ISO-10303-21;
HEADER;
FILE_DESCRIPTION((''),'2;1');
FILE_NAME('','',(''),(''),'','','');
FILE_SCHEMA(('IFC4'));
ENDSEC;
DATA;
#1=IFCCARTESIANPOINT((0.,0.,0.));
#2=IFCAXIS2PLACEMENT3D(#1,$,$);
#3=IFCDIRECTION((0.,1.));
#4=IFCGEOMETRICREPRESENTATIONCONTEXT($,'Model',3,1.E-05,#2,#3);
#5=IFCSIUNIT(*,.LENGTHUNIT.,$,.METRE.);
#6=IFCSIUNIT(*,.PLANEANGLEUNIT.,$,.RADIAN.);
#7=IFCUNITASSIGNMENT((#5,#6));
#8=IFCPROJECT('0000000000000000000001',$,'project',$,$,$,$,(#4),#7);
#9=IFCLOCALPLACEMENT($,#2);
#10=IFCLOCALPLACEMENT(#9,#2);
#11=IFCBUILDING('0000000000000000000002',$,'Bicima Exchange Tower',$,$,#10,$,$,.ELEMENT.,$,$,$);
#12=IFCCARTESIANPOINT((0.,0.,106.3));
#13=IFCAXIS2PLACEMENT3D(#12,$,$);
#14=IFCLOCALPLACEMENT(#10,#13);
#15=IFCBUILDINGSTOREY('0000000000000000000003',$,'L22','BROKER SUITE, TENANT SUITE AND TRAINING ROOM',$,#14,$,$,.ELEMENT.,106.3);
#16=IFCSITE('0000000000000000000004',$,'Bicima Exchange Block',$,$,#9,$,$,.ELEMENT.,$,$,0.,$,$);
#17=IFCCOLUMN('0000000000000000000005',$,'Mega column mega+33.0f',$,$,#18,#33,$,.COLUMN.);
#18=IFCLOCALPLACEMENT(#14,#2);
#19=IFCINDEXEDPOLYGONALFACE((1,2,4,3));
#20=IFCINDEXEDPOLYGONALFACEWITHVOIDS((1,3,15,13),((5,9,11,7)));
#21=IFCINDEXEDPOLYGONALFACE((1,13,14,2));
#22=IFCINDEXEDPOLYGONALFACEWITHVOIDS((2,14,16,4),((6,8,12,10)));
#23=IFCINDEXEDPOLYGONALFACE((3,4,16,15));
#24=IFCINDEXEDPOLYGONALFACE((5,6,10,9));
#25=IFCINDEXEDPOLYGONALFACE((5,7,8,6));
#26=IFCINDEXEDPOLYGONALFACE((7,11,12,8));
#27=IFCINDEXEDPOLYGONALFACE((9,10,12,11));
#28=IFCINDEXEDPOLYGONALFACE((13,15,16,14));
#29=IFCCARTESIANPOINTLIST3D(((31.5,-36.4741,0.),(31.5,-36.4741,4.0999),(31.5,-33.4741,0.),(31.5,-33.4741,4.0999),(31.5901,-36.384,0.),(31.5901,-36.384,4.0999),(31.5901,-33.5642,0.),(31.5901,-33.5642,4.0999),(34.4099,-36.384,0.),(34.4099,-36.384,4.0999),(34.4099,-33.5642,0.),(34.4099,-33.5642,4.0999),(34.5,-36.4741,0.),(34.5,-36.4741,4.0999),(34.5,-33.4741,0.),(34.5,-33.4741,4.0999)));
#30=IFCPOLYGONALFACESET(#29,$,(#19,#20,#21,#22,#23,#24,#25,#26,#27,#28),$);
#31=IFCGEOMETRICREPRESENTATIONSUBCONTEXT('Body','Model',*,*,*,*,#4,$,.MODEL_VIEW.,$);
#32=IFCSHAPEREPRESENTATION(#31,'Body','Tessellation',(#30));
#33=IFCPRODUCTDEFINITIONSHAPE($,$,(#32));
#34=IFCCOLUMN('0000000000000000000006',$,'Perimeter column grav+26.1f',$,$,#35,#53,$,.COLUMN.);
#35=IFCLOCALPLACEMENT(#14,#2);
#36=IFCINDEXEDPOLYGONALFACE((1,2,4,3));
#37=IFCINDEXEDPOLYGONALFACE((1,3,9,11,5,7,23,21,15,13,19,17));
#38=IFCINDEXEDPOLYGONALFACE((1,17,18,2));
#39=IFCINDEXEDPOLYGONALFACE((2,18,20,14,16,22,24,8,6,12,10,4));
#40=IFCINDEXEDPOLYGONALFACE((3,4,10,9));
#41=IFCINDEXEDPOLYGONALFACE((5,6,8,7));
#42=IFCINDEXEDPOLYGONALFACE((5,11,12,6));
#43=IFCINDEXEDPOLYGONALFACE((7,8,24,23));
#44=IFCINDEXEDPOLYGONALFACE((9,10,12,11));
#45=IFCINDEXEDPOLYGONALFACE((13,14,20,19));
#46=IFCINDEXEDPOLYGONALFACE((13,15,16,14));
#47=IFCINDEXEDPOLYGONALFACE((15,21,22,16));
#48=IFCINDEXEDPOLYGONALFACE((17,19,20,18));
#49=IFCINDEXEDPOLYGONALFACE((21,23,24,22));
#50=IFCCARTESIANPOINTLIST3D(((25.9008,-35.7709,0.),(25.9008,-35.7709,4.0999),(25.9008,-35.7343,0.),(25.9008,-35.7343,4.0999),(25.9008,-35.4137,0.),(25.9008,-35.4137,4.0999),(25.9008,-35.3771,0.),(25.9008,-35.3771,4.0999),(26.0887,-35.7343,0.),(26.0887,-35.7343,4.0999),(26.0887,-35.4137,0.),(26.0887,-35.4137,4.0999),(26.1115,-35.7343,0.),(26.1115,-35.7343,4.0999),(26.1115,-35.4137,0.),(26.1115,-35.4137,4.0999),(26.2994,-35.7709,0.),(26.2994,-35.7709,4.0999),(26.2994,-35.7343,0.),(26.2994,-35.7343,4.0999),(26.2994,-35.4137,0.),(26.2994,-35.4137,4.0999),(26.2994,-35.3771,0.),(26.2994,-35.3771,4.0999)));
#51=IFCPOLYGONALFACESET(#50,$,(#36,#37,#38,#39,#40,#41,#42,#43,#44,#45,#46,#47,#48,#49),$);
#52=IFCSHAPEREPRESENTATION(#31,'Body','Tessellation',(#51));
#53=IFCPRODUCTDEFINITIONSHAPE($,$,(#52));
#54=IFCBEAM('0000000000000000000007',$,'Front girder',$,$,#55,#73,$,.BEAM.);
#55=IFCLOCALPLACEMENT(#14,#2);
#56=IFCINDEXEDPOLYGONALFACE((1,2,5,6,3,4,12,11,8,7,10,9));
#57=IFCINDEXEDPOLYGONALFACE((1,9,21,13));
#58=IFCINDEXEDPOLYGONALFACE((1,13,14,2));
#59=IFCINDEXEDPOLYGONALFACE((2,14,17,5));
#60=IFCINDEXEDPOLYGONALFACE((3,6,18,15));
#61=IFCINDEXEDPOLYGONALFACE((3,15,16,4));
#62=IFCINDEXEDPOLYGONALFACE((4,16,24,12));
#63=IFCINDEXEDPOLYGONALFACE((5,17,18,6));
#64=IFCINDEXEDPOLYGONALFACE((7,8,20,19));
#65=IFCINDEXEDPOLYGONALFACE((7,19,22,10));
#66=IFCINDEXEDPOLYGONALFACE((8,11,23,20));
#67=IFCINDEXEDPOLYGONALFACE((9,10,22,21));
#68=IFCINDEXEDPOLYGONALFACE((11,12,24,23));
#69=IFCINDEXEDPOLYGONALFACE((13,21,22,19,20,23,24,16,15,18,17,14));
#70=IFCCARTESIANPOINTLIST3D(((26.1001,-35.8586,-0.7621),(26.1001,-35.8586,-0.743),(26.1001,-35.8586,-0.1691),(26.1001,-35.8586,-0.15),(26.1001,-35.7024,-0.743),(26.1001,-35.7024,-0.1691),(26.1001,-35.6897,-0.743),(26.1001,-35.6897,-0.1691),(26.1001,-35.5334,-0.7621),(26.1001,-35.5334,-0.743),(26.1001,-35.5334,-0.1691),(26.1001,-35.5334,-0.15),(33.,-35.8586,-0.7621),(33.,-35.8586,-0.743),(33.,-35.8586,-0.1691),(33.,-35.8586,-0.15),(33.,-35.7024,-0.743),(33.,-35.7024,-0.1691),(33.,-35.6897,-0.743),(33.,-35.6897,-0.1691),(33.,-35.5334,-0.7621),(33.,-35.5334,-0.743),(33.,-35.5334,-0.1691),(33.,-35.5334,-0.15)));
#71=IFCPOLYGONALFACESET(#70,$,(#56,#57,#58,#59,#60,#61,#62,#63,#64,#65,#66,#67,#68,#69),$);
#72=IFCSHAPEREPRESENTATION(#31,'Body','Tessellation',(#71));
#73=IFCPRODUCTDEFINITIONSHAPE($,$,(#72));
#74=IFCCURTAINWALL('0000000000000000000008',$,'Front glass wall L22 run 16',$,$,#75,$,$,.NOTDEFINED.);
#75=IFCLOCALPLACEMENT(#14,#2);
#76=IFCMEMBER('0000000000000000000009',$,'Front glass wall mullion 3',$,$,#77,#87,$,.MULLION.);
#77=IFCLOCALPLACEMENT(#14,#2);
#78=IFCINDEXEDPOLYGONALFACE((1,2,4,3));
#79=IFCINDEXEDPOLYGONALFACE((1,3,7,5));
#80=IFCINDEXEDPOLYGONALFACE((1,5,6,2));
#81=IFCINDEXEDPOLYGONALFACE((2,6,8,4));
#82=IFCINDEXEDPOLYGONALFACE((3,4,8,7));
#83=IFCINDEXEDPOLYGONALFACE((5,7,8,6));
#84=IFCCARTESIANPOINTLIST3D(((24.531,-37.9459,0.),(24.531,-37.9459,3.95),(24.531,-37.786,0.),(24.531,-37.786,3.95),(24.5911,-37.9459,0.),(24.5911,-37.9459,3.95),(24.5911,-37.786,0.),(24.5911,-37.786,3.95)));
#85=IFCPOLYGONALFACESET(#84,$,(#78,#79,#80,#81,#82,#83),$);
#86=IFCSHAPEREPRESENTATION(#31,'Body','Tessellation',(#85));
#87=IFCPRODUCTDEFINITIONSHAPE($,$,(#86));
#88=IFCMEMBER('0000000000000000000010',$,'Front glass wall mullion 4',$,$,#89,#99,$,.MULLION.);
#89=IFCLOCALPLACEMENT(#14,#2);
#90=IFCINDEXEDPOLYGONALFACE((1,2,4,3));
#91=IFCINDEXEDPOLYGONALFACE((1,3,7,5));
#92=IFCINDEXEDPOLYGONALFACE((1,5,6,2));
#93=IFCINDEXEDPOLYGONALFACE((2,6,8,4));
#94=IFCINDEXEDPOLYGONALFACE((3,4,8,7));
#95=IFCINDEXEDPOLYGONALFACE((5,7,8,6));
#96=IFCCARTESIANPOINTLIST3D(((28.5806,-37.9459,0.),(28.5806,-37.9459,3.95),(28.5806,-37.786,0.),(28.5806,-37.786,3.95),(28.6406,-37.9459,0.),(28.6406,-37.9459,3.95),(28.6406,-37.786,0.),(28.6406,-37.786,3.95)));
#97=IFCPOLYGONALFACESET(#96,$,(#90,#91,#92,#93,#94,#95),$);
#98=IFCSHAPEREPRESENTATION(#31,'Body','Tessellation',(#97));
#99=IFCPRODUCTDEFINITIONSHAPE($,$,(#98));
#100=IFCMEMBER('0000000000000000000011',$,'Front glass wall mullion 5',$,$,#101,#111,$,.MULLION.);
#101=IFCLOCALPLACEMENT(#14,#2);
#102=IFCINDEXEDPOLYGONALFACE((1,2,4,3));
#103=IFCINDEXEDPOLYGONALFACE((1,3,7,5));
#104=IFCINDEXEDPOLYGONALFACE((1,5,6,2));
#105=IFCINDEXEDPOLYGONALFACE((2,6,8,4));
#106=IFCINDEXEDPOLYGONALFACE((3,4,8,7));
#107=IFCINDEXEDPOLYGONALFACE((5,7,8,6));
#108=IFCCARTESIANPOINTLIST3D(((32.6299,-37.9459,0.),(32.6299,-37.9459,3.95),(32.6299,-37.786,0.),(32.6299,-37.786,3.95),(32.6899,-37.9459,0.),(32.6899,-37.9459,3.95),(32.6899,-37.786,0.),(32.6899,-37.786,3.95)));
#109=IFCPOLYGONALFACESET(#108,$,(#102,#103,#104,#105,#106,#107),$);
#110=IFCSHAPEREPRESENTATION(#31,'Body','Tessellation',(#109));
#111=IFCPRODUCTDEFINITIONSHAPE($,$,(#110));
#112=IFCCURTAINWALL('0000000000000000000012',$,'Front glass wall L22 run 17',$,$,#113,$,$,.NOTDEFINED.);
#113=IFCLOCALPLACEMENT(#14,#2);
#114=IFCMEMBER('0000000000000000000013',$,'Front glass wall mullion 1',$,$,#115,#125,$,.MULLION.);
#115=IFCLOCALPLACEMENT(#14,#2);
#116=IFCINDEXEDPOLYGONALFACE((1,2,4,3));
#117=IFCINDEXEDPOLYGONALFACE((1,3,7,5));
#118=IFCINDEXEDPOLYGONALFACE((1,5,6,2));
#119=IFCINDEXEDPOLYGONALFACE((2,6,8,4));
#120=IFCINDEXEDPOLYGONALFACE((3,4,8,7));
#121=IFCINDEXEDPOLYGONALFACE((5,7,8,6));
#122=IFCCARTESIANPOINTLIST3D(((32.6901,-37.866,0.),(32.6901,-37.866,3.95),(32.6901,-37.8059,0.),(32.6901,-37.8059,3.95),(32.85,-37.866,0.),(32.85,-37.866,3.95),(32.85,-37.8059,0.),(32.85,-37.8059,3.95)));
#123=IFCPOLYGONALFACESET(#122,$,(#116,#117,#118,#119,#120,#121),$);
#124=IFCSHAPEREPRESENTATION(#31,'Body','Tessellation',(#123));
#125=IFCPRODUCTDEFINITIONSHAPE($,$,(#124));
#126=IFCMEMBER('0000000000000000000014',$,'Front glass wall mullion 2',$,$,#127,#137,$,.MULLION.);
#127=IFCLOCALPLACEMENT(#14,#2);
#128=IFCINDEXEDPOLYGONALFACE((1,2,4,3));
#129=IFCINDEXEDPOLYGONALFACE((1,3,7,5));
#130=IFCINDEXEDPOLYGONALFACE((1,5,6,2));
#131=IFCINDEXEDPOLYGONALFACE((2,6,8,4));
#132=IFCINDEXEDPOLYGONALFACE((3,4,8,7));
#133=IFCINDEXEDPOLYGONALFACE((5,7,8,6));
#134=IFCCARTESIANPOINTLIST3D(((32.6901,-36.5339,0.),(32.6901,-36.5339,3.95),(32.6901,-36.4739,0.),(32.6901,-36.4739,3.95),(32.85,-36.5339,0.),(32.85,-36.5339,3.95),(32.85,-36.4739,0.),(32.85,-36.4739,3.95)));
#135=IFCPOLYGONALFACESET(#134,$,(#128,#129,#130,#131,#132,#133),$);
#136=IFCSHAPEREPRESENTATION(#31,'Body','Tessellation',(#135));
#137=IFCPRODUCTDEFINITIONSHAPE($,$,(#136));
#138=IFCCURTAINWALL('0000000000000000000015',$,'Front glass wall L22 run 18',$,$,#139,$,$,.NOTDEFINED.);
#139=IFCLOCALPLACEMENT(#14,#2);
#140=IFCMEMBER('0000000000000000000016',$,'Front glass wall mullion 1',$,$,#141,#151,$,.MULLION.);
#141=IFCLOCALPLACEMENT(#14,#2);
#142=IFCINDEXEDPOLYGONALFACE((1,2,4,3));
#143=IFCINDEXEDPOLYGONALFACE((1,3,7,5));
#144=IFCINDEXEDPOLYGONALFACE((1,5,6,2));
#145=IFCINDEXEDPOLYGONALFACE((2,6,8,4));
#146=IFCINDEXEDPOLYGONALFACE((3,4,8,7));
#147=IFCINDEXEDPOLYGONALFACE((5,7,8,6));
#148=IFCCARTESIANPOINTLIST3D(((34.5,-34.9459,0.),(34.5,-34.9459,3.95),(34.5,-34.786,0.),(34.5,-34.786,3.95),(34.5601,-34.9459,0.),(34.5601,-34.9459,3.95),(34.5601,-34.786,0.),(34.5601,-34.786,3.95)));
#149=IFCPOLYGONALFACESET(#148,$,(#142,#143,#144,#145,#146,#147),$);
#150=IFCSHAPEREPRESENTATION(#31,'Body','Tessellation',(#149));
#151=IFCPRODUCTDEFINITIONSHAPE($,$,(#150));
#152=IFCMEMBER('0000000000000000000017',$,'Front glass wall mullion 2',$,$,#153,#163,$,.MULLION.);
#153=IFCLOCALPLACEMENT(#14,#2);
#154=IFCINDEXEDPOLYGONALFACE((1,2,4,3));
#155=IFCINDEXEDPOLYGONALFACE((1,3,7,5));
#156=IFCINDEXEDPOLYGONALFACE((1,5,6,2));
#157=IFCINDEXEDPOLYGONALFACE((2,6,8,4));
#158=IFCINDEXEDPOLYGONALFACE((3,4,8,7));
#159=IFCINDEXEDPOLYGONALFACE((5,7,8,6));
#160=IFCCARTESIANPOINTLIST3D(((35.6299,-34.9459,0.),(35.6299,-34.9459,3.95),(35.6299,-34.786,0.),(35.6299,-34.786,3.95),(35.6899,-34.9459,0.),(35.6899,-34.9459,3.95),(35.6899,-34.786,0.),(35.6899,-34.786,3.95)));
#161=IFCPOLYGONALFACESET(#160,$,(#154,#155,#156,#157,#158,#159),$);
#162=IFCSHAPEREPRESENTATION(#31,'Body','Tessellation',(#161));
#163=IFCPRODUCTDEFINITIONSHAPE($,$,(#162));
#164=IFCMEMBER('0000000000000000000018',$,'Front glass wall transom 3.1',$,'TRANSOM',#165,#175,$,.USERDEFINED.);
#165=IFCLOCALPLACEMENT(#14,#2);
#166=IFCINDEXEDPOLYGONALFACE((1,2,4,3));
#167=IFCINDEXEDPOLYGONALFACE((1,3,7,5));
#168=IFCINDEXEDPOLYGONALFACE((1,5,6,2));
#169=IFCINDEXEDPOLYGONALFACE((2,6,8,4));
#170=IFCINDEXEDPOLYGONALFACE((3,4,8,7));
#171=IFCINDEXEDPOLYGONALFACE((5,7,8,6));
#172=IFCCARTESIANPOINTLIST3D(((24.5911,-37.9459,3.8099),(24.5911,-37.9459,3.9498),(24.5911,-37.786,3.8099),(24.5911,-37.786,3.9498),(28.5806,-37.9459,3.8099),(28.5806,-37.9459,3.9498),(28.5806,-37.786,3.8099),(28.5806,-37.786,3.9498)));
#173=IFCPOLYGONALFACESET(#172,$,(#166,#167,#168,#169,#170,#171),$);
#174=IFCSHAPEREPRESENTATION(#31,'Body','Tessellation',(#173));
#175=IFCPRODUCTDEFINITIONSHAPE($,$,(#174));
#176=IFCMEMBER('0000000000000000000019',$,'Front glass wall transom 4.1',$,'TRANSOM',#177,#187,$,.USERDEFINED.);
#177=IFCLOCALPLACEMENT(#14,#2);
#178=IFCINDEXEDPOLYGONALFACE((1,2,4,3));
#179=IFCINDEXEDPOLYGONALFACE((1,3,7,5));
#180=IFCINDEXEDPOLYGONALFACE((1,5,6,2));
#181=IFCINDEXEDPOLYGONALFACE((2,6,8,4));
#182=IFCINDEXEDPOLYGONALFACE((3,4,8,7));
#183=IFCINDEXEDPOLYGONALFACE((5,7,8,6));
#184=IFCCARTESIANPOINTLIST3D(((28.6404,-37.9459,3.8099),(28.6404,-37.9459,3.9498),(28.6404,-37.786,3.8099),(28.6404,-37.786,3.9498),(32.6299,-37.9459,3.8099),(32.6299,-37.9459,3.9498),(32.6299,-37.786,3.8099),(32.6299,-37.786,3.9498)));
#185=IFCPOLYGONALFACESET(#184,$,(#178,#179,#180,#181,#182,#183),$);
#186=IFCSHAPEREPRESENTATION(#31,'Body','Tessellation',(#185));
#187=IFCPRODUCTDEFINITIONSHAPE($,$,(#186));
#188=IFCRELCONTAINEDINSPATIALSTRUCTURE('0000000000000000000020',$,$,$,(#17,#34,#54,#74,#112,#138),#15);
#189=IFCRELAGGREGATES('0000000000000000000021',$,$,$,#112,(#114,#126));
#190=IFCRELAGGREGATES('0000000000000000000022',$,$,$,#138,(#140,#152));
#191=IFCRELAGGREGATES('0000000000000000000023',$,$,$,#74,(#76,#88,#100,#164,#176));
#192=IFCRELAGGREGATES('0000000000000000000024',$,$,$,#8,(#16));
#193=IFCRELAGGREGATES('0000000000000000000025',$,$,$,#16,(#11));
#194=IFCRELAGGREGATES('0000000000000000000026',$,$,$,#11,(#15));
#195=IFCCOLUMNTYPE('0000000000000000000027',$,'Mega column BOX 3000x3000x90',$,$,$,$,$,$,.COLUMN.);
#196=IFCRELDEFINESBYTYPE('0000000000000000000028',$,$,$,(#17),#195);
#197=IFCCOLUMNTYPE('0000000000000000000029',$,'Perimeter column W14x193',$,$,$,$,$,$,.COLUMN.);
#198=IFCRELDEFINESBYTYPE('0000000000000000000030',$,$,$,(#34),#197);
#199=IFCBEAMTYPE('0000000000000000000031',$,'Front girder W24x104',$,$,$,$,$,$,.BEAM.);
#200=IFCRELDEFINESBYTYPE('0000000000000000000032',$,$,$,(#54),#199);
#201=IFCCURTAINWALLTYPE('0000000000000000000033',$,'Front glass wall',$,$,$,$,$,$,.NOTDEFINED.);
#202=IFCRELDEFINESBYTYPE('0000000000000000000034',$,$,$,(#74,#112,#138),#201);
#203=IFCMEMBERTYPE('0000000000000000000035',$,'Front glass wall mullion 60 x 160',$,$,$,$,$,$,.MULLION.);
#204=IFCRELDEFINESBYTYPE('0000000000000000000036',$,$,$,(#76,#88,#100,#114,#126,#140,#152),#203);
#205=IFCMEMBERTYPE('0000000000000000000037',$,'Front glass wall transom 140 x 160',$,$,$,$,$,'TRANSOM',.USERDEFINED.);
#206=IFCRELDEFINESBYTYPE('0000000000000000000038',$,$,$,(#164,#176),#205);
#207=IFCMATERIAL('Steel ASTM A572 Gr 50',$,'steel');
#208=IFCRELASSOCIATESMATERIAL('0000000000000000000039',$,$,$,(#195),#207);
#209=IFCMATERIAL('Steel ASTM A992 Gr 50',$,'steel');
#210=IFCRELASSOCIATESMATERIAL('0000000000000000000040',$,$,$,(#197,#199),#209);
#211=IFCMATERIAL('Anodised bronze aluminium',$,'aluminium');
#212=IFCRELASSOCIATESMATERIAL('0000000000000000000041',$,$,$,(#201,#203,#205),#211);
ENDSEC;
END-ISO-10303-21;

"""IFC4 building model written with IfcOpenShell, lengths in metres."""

from ifc_helpers import new_model, si_unit, direction, frame, origin, origin_2d, place, context, subcontext, project, spatial, rectangle, hollow_rectangle, i_section, extrude, material, material_profile, profile_set, type_object, element, aggregate, save


model = new_model("IFC4")

# Units and contexts
model_context = context("Model", 3, precision=1e-05, world=origin(), true_north=direction((0.0, 1.0)))
body_context = subcontext(model_context, "Body", "Model", "MODEL_VIEW")
ifc_project = project(units=[si_unit("LENGTHUNIT", "METRE"), si_unit("PLANEANGLEUNIT", "RADIAN")], contexts=[model_context])

# Site, building, storey
site_placement = place(None, origin())
site = spatial("IfcSite", under=ifc_project, at=site_placement, Name="Bicima Exchange Block", CompositionType="ELEMENT", RefElevation=0.0)
building_placement = place(site_placement, origin())
building = spatial("IfcBuilding", under=site, at=building_placement, Name="Bicima Exchange Tower", CompositionType="ELEMENT")
storey_placement = place(building_placement, frame((0.0, 0.0, 106.3)))
storey = spatial("IfcBuildingStorey", under=building, at=storey_placement, Name="L22", Description="BROKER SUITE, TENANT SUITE AND TRAINING ROOM", CompositionType="ELEMENT", Elevation=106.3)

# Columns
ifc_material_1 = material(Name="Steel ASTM A572 Gr 50", Category="steel")
ifc_material_profile_1 = material_profile(ifc_material_1, hollow_rectangle(XDim=3.0, YDim=3.0, WallThickness=0.0901, at=origin_2d()))
ifc_profile_set_1 = profile_set([ifc_material_profile_1], Name="Steel ASTM A572 Gr 50")
column_type_1 = type_object("IfcColumnType", Name="Mega column BOX 3000x3000x90", PredefinedType="COLUMN", material=ifc_profile_set_1)
column_1_placement = place(storey_placement, frame((33.0, -34.9741, 0.0), z_axis=(0.0, 0.0, 1.0), x_axis=(1.0, 0.0, 0.0)))
element("IfcColumn", 1, at=column_1_placement, inside=storey, type_object=column_type_1, Name="Mega column mega+33.0f", PredefinedType="COLUMN", context=body_context, shape_type="SweptSolid", body=[
    extrude(hollow_rectangle(XDim=3.0, YDim=3.0, WallThickness=0.0901, at=origin_2d()), origin(), (0.0, 0.0, 1.0), 4.0999),
])
ifc_material_2 = material(Name="Steel ASTM A992 Gr 50", Category="steel")
ifc_material_profile_2 = material_profile(ifc_material_2, i_section(OverallWidth=0.3987, OverallDepth=0.3938, WebThickness=0.0227, FlangeThickness=0.0366, at=origin_2d()))
ifc_profile_set_2 = profile_set([ifc_material_profile_2], Name="Steel ASTM A992 Gr 50")
column_type_2 = type_object("IfcColumnType", Name="Perimeter column W14x193", PredefinedType="COLUMN", material=ifc_profile_set_2)
column_2_placement = place(storey_placement, frame((26.1001, -35.574, 0.0), z_axis=(0.0, 0.0, 1.0), x_axis=(1.0, 0.0, 0.0)))
element("IfcColumn", 2, at=column_2_placement, inside=storey, type_object=column_type_2, Name="Perimeter column grav+26.1f", PredefinedType="COLUMN", context=body_context, shape_type="SweptSolid", body=[
    extrude(i_section(OverallWidth=0.3987, OverallDepth=0.3938, WebThickness=0.0227, FlangeThickness=0.0366, at=origin_2d()), origin(), (0.0, 0.0, 1.0), 4.0999),
])

# Beam
ifc_material_profile_3 = material_profile(ifc_material_2, i_section(OverallWidth=0.3252, OverallDepth=0.6121, WebThickness=0.0127, FlangeThickness=0.019, at=origin_2d()))
ifc_profile_set_3 = profile_set([ifc_material_profile_3], Name="Steel ASTM A992 Gr 50")
beam_type = type_object("IfcBeamType", Name="Front girder W24x104", PredefinedType="BEAM", material=ifc_profile_set_3)
beam_placement = place(storey_placement, frame((26.1001, -35.696, -0.4561), z_axis=(1.0, 0.0, 0.0), x_axis=(0.0, 1.0, 0.0)))
element("IfcBeam", 3, at=beam_placement, inside=storey, type_object=beam_type, Name="Front girder", PredefinedType="BEAM", context=body_context, shape_type="SweptSolid", body=[
    extrude(i_section(OverallWidth=0.3252, OverallDepth=0.6121, WebThickness=0.0127, FlangeThickness=0.019, at=origin_2d()), origin(), (0.0, 0.0, 1.0), 6.8999),
])

# Curtain walls, members
ifc_material_3 = material(Name="Anodised bronze aluminium", Category="aluminium")
curtain_wall_type = type_object("IfcCurtainWallType", Name="Front glass wall", PredefinedType="NOTDEFINED", material=ifc_material_3)
curtain_wall_1_placement = place(storey_placement, origin())
curtain_wall_1 = element("IfcCurtainWall", 4, at=curtain_wall_1_placement, inside=storey, type_object=curtain_wall_type, Name="Front glass wall L22 run 16", PredefinedType="NOTDEFINED")
ifc_material_profile_4 = material_profile(ifc_material_3, rectangle(XDim=0.1599, YDim=0.0601, at=origin_2d()))
ifc_profile_set_4 = profile_set([ifc_material_profile_4], Name="Anodised bronze aluminium")
member_type_1 = type_object("IfcMemberType", Name="Front glass wall mullion 60 x 160", PredefinedType="MULLION", material=ifc_profile_set_4)
member_1_placement = place(storey_placement, frame((24.561, -37.866, 0.0), z_axis=(0.0, 0.0, 1.0), x_axis=(0.0, 1.0, 0.0)))
member_1 = element("IfcMember", 5, at=member_1_placement, type_object=member_type_1, Name="Front glass wall mullion 3", PredefinedType="MULLION", context=body_context, shape_type="SweptSolid", body=[
    extrude(rectangle(XDim=0.1599, YDim=0.0601, at=origin_2d()), origin(), (0.0, 0.0, 1.0), 3.95),
])
member_2_placement = place(storey_placement, frame((28.6106, -37.866, 0.0), z_axis=(0.0, 0.0, 1.0), x_axis=(0.0, 1.0, 0.0)))
member_2 = element("IfcMember", 6, at=member_2_placement, type_object=member_type_1, Name="Front glass wall mullion 4", PredefinedType="MULLION", context=body_context, shape_type="SweptSolid", body=[
    extrude(rectangle(XDim=0.1599, YDim=0.0601, at=origin_2d()), origin(), (0.0, 0.0, 1.0), 3.95),
])
member_3_placement = place(storey_placement, frame((32.6599, -37.866, 0.0), z_axis=(0.0, 0.0, 1.0), x_axis=(0.0, 1.0, 0.0)))
member_3 = element("IfcMember", 7, at=member_3_placement, type_object=member_type_1, Name="Front glass wall mullion 5", PredefinedType="MULLION", context=body_context, shape_type="SweptSolid", body=[
    extrude(rectangle(XDim=0.1599, YDim=0.0601, at=origin_2d()), origin(), (0.0, 0.0, 1.0), 3.95),
])
curtain_wall_2_placement = place(storey_placement, origin())
curtain_wall_2 = element("IfcCurtainWall", 8, at=curtain_wall_2_placement, inside=storey, type_object=curtain_wall_type, Name="Front glass wall L22 run 17", PredefinedType="NOTDEFINED")
member_4_placement = place(storey_placement, frame((32.77, -37.8359, 0.0), z_axis=(0.0, 0.0, 1.0), x_axis=(-1.0, 0.0, 0.0)))
member_4 = element("IfcMember", 9, at=member_4_placement, type_object=member_type_1, Name="Front glass wall mullion 1", PredefinedType="MULLION", context=body_context, shape_type="SweptSolid", body=[
    extrude(rectangle(XDim=0.1599, YDim=0.0601, at=origin_2d()), origin(), (0.0, 0.0, 1.0), 3.95),
])
member_5_placement = place(storey_placement, frame((32.77, -36.5039, 0.0), z_axis=(0.0, 0.0, 1.0), x_axis=(-1.0, 0.0, 0.0)))
member_5 = element("IfcMember", 10, at=member_5_placement, type_object=member_type_1, Name="Front glass wall mullion 2", PredefinedType="MULLION", context=body_context, shape_type="SweptSolid", body=[
    extrude(rectangle(XDim=0.1599, YDim=0.0601, at=origin_2d()), origin(), (0.0, 0.0, 1.0), 3.95),
])
curtain_wall_3_placement = place(storey_placement, origin())
curtain_wall_3 = element("IfcCurtainWall", 11, at=curtain_wall_3_placement, inside=storey, type_object=curtain_wall_type, Name="Front glass wall L22 run 18", PredefinedType="NOTDEFINED")
member_6_placement = place(storey_placement, frame((34.53, -34.866, 0.0), z_axis=(0.0, 0.0, 1.0), x_axis=(0.0, 1.0, 0.0)))
member_6 = element("IfcMember", 12, at=member_6_placement, type_object=member_type_1, Name="Front glass wall mullion 1", PredefinedType="MULLION", context=body_context, shape_type="SweptSolid", body=[
    extrude(rectangle(XDim=0.1599, YDim=0.0601, at=origin_2d()), origin(), (0.0, 0.0, 1.0), 3.95),
])
member_7_placement = place(storey_placement, frame((35.6599, -34.866, 0.0), z_axis=(0.0, 0.0, 1.0), x_axis=(0.0, 1.0, 0.0)))
member_7 = element("IfcMember", 13, at=member_7_placement, type_object=member_type_1, Name="Front glass wall mullion 2", PredefinedType="MULLION", context=body_context, shape_type="SweptSolid", body=[
    extrude(rectangle(XDim=0.1599, YDim=0.0601, at=origin_2d()), origin(), (0.0, 0.0, 1.0), 3.95),
])

# Members
ifc_material_profile_5 = material_profile(ifc_material_3, rectangle(XDim=0.1599, YDim=0.1399, at=origin_2d()))
ifc_profile_set_5 = profile_set([ifc_material_profile_5], Name="Anodised bronze aluminium")
member_type_2 = type_object("IfcMemberType", Name="Front glass wall transom 140 x 160", ElementType="TRANSOM", PredefinedType="USERDEFINED", material=ifc_profile_set_5)
member_8_placement = place(storey_placement, frame((24.5911, -37.866, 3.8799), z_axis=(1.0, 0.0, 0.0), x_axis=(0.0, 1.0, 0.0)))
member_8 = element("IfcMember", 14, at=member_8_placement, type_object=member_type_2, Name="Front glass wall transom 3.1", ObjectType="TRANSOM", PredefinedType="USERDEFINED", context=body_context, shape_type="SweptSolid", body=[
    extrude(rectangle(XDim=0.1599, YDim=0.1399, at=origin_2d()), origin(), (0.0, 0.0, 1.0), 3.9895),
])
member_9_placement = place(storey_placement, frame((28.6404, -37.866, 3.8799), z_axis=(1.0, 0.0, 0.0), x_axis=(0.0, 1.0, 0.0)))
member_9 = element("IfcMember", 15, at=member_9_placement, type_object=member_type_2, Name="Front glass wall transom 4.1", ObjectType="TRANSOM", PredefinedType="USERDEFINED", context=body_context, shape_type="SweptSolid", body=[
    extrude(rectangle(XDim=0.1599, YDim=0.1399, at=origin_2d()), origin(), (0.0, 0.0, 1.0), 3.9895),
])

aggregate(curtain_wall_2, [member_4, member_5])
aggregate(curtain_wall_3, [member_6, member_7])
aggregate(curtain_wall_1, [member_1, member_2, member_3, member_8, member_9])

save(model, "model.ifc")
